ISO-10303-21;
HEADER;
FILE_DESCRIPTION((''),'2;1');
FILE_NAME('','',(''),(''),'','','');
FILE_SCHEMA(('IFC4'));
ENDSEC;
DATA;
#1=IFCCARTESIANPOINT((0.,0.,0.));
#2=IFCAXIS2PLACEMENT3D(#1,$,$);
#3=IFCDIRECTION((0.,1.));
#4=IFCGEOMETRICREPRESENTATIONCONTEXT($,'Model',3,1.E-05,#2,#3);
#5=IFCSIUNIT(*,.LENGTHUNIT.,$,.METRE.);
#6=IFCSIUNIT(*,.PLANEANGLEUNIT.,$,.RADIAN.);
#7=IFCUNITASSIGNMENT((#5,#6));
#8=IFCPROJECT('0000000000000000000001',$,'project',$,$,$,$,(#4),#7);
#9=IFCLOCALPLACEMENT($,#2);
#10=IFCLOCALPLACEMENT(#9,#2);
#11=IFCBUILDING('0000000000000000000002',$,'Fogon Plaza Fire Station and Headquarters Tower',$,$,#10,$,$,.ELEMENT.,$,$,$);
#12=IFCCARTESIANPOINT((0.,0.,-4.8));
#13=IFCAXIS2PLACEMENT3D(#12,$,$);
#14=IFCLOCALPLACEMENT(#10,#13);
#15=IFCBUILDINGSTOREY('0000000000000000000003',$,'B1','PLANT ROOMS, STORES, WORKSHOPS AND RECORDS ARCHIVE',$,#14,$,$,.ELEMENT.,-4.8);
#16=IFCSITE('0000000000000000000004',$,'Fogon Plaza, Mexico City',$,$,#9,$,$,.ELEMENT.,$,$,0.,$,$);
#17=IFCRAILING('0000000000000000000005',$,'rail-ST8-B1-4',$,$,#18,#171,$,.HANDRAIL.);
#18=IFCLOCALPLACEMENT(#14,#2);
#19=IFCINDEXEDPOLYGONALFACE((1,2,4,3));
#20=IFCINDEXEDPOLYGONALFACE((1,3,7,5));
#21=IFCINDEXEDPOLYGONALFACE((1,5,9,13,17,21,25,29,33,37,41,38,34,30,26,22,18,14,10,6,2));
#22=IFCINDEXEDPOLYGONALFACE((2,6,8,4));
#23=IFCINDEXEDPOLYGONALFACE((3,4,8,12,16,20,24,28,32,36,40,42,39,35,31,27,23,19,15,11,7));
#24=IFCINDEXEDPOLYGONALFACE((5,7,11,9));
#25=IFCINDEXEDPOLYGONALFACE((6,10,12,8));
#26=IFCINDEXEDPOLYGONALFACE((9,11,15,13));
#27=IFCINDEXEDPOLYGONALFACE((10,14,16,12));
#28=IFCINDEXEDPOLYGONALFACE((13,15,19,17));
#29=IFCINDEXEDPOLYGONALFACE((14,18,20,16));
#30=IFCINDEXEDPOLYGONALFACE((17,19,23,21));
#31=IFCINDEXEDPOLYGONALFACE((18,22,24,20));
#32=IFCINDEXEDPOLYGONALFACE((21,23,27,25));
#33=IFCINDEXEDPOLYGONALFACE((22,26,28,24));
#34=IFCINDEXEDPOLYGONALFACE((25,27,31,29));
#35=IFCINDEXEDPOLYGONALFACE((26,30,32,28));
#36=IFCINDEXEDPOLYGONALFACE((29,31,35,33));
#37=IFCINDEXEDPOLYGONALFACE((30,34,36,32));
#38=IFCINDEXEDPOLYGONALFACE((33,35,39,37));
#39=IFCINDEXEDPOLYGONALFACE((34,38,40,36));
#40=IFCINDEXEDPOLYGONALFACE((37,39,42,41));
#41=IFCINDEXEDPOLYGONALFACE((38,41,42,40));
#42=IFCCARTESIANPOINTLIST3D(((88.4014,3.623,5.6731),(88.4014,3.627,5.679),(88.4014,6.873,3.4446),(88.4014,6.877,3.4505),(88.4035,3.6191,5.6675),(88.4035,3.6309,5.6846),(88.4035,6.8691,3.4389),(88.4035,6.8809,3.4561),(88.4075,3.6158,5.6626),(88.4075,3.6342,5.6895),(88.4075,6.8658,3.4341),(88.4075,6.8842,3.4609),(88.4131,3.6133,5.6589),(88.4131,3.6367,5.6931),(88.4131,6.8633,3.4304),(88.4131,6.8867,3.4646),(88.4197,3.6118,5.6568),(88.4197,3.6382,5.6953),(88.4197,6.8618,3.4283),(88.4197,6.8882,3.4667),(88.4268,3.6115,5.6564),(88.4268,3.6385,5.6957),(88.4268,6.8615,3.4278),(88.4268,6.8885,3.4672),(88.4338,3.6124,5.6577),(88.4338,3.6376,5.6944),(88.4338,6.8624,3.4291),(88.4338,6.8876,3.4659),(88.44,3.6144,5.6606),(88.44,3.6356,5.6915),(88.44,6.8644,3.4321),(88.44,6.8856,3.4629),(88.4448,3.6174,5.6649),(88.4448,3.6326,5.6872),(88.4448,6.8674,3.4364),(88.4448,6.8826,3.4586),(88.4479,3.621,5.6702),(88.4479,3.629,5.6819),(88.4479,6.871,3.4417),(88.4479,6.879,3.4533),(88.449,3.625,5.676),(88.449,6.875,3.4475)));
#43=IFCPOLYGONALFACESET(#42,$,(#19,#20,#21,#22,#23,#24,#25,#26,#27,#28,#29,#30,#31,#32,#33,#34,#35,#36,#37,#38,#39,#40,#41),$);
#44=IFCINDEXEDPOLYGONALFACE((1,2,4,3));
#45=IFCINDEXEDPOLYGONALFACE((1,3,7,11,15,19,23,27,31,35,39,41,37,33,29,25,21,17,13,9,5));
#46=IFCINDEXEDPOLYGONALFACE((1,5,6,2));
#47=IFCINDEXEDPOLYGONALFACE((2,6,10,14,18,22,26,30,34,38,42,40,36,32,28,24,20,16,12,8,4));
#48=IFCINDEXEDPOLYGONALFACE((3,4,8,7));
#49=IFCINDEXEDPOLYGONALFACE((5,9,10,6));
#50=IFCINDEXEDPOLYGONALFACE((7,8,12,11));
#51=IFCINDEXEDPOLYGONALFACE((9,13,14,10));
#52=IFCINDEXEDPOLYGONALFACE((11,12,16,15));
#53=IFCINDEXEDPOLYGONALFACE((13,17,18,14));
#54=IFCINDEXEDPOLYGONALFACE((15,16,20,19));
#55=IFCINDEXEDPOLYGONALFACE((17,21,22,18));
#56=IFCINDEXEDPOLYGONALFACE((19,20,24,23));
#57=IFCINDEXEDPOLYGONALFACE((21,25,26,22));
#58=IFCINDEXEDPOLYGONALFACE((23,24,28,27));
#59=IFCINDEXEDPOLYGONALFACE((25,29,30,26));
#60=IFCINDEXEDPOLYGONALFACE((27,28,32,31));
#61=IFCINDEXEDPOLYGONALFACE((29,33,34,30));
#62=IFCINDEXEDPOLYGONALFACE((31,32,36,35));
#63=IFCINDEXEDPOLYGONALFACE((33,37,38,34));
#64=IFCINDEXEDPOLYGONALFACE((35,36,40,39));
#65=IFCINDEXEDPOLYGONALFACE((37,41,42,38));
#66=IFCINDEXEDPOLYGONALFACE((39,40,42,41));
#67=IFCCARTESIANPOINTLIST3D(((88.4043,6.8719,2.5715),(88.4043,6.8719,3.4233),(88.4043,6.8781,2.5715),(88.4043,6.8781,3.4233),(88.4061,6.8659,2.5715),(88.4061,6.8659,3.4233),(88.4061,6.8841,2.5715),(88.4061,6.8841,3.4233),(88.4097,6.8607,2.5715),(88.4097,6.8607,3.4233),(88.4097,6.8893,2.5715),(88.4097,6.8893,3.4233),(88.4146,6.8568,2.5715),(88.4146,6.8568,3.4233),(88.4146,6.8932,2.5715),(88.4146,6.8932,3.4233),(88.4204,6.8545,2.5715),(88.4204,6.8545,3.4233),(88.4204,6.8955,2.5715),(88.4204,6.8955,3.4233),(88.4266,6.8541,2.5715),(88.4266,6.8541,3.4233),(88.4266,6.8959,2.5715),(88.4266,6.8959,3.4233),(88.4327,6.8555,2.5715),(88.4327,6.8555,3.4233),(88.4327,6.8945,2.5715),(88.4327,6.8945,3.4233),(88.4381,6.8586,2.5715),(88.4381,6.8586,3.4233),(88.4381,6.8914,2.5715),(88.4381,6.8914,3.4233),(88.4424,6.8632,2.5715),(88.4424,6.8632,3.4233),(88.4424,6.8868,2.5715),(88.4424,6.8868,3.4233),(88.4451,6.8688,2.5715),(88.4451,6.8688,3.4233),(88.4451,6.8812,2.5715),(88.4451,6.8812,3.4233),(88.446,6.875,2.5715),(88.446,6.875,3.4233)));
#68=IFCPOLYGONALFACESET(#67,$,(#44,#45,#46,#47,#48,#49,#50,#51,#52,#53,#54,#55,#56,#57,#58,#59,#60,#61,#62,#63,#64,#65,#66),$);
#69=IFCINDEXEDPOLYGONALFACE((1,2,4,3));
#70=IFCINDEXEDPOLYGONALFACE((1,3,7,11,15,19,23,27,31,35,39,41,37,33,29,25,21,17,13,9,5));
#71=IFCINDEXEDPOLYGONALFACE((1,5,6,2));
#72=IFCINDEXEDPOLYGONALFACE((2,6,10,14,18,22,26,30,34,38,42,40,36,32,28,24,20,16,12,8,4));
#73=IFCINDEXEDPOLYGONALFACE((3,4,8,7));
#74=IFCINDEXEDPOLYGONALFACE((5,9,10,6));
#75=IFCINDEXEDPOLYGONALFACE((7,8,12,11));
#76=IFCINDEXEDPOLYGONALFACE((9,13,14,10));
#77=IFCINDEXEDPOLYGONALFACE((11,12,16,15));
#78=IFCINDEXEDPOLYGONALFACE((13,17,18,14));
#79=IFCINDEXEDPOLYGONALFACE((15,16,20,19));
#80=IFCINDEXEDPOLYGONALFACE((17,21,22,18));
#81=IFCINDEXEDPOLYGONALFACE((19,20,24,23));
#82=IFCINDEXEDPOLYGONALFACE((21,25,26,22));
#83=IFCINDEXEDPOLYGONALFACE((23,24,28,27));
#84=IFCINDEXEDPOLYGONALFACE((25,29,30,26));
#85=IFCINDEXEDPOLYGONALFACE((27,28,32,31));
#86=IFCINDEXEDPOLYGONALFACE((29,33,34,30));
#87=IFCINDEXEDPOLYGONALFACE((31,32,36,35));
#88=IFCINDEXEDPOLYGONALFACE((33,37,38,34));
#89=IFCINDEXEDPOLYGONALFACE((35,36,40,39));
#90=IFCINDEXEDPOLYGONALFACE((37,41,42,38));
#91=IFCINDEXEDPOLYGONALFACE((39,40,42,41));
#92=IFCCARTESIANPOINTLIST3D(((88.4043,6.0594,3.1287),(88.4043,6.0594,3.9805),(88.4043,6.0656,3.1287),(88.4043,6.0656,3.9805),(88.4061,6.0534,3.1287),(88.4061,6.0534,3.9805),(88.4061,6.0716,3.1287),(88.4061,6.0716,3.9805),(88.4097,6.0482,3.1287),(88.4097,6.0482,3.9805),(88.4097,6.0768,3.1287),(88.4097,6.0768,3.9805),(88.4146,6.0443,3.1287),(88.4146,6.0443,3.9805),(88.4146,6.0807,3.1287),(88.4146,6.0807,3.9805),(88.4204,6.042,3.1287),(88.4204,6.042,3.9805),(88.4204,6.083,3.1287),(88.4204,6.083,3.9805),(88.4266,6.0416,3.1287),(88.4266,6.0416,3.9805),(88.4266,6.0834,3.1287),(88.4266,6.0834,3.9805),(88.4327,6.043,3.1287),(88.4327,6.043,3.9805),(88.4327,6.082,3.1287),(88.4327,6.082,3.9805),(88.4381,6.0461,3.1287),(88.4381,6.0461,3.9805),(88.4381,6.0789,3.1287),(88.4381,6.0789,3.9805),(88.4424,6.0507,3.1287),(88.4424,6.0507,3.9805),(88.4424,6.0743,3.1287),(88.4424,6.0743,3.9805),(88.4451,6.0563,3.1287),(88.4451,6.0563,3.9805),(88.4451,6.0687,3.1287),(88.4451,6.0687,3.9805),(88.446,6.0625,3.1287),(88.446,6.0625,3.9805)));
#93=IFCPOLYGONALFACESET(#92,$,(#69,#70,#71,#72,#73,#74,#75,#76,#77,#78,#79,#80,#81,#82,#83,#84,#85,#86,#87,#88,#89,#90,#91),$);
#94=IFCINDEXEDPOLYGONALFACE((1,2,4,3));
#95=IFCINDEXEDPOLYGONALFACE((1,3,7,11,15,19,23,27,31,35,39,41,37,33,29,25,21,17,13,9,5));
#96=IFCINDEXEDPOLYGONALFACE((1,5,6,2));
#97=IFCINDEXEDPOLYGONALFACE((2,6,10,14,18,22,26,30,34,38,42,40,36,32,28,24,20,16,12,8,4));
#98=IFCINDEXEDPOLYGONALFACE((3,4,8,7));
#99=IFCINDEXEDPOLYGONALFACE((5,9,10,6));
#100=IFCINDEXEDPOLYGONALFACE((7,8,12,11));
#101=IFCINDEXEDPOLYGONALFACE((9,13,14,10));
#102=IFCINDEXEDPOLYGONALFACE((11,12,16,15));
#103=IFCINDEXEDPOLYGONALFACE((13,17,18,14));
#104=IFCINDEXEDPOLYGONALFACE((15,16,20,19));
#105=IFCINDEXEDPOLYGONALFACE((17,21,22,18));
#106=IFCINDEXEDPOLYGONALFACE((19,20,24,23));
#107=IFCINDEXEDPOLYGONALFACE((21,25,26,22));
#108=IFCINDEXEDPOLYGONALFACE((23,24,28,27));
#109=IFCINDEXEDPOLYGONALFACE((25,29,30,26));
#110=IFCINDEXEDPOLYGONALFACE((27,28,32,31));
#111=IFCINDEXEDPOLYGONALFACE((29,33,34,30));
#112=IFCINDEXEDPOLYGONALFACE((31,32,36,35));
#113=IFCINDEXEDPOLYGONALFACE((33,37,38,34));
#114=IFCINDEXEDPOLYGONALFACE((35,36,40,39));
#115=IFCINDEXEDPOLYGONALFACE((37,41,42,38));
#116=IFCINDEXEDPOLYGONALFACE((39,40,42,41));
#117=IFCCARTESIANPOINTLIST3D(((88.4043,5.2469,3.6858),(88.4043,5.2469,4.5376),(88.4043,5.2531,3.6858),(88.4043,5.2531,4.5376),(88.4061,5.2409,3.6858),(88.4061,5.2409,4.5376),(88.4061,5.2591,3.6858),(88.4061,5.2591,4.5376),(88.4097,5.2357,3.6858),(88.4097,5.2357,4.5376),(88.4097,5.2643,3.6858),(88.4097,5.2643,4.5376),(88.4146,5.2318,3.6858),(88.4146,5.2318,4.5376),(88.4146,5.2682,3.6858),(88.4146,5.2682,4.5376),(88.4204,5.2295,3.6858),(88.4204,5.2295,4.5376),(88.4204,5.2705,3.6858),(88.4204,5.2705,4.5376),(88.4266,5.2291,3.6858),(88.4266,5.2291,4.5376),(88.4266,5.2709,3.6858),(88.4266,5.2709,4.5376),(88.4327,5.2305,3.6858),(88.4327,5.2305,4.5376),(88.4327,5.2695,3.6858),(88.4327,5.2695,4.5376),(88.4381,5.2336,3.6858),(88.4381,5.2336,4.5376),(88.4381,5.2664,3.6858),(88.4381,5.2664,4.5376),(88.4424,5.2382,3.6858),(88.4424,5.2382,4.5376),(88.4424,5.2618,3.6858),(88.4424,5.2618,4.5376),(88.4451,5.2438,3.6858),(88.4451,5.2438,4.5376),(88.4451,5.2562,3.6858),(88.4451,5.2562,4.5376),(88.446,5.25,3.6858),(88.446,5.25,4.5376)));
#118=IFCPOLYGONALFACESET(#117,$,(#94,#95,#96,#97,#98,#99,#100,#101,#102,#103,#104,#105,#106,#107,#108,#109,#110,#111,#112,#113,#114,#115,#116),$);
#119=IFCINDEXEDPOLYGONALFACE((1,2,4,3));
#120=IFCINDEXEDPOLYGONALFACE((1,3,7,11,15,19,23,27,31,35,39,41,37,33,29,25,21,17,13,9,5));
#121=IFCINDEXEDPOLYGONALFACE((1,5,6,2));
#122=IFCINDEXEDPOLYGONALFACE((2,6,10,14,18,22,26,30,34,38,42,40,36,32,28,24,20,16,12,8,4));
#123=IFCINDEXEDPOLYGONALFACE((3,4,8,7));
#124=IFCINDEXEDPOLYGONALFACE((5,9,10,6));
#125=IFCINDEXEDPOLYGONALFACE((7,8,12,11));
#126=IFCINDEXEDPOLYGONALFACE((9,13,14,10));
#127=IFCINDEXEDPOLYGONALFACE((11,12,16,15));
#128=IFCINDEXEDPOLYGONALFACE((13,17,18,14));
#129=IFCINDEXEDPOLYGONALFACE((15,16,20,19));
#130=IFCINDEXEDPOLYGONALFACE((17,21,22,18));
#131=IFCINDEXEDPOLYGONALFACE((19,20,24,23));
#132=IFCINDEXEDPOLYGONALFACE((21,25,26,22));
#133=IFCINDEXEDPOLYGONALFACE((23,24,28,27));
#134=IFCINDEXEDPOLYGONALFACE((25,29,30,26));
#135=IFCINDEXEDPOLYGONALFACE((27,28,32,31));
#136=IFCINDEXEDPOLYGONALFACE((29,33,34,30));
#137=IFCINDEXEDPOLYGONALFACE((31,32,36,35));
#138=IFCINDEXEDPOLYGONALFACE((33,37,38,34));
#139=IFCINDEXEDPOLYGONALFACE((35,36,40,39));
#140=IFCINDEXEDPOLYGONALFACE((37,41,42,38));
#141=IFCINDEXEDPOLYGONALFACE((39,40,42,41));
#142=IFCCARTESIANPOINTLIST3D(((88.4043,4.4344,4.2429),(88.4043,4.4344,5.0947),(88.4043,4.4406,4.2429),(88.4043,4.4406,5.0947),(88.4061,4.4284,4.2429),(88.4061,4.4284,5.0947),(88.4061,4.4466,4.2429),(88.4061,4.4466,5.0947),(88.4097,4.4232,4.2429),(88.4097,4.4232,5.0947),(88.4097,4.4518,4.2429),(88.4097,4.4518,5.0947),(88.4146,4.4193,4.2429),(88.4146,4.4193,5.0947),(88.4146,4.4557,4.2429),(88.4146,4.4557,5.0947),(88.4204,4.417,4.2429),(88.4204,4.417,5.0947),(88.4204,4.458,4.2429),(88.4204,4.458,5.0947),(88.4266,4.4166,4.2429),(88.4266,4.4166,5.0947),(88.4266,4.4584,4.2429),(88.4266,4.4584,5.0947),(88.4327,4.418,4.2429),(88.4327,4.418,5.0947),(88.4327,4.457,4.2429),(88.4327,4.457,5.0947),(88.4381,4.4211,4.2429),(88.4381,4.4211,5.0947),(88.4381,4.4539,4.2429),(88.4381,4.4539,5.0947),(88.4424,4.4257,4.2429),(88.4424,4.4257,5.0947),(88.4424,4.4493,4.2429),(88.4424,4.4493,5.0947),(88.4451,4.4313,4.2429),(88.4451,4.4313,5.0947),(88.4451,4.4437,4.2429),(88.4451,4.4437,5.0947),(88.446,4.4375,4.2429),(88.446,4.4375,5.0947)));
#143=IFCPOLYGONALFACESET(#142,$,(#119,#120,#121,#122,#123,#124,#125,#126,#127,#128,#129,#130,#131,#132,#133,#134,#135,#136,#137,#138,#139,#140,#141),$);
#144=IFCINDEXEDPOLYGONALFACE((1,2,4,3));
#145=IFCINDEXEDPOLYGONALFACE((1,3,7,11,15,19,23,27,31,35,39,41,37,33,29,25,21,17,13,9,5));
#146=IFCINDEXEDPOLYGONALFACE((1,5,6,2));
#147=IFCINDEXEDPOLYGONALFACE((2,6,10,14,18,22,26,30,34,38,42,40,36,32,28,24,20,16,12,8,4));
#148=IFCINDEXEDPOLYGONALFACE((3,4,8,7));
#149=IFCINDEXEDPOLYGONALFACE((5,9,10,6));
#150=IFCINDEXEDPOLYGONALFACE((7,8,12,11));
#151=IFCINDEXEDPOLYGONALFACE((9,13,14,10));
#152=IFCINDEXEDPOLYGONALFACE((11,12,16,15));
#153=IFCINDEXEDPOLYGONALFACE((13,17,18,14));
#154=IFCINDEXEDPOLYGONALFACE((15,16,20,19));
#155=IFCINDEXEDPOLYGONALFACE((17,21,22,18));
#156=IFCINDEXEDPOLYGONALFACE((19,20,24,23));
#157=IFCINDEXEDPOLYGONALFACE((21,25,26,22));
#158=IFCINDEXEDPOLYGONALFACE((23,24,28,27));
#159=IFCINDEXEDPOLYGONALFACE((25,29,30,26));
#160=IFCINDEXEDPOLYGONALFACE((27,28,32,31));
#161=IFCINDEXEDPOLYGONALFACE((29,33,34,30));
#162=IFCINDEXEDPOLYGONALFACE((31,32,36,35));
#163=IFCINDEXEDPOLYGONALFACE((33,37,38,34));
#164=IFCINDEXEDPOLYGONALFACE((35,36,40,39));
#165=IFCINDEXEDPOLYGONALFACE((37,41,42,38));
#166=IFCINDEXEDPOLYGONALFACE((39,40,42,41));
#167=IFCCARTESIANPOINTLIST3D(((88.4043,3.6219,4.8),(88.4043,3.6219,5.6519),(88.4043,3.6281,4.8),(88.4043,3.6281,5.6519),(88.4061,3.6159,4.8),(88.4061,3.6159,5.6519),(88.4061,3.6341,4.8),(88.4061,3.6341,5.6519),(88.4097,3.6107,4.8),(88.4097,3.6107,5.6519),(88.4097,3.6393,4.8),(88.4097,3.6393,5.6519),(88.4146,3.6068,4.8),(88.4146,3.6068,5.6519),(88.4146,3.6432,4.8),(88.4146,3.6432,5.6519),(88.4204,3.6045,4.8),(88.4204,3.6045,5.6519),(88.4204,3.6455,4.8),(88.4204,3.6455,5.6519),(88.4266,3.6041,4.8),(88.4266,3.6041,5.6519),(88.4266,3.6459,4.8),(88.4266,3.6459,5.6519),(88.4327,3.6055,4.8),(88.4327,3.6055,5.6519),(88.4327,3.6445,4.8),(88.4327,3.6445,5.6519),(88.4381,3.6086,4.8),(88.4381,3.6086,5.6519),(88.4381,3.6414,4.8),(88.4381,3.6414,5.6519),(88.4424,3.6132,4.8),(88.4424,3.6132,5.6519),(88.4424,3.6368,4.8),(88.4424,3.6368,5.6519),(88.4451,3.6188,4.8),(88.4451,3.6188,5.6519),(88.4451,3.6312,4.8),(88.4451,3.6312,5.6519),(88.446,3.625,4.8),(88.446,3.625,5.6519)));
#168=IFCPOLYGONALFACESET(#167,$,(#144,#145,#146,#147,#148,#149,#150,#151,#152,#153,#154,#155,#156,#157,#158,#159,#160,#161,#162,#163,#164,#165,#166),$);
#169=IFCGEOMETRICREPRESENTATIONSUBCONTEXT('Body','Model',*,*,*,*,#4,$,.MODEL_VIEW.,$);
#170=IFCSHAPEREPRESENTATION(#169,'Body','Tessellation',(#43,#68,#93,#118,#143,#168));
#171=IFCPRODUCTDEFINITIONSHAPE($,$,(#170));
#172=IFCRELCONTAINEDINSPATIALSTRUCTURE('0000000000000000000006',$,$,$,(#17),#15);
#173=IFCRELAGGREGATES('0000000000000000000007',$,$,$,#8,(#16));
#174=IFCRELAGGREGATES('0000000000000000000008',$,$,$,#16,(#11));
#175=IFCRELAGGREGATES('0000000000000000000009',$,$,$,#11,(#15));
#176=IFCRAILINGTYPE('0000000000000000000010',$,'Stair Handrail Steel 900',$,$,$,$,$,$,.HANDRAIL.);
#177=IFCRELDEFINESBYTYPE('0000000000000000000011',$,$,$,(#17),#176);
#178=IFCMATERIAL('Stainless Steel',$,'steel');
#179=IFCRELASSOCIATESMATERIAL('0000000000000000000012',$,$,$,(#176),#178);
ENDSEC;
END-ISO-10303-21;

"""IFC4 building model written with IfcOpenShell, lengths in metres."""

from ifc_helpers import new_model, si_unit, direction, frame, origin, origin_2d, place, context, subcontext, project, spatial, circle, extrude, material, type_object, element, save


model = new_model("IFC4")

# Units and contexts
model_context = context("Model", 3, precision=1e-05, world=origin(), true_north=direction((0.0, 1.0)))
body_context = subcontext(model_context, "Body", "Model", "MODEL_VIEW")
ifc_project = project(units=[si_unit("LENGTHUNIT", "METRE"), si_unit("PLANEANGLEUNIT", "RADIAN")], contexts=[model_context])

# Site, building, storey
site_placement = place(None, origin())
site = spatial("IfcSite", under=ifc_project, at=site_placement, Name="Fogon Plaza, Mexico City", CompositionType="ELEMENT", RefElevation=0.0)
building_placement = place(site_placement, origin())
building = spatial("IfcBuilding", under=site, at=building_placement, Name="Fogon Plaza Fire Station and Headquarters Tower", CompositionType="ELEMENT")
storey_placement = place(building_placement, frame((0.0, 0.0, -4.8)))
storey = spatial("IfcBuildingStorey", under=building, at=storey_placement, Name="B1", Description="PLANT ROOMS, STORES, WORKSHOPS AND RECORDS ARCHIVE", CompositionType="ELEMENT", Elevation=-4.8)

# Railing
ifc_material_1 = material(Name="Stainless Steel", Category="steel")
railing_type = type_object("IfcRailingType", Name="Stair Handrail Steel 900", PredefinedType="HANDRAIL", material=ifc_material_1)
for number, where, name in (
    (1, (88.425, 6.875, 2.5715), "rail-ST8-B1-4"),
):
    element("IfcRailing", number, at=place(storey_placement, frame(where)), inside=storey, type_object=railing_type, Name=name, PredefinedType="HANDRAIL", context=body_context, shape_type="SweptSolid", body=[
        extrude(circle(Radius=0.0239, at=origin_2d()), frame((0.0, 0.0, 0.876), z_axis=(0.0, -0.824735, 0.565519), x_axis=(1.0, 0.0, 0.0)), (0.0, 0.0, 1.0), 3.9407),
        extrude(circle(Radius=0.021, at=origin_2d()), origin(), (0.0, 0.0, 1.0), 0.8518),
        extrude(circle(Radius=0.021, at=origin_2d()), frame((0.0, -0.8125, 0.5571)), (0.0, 0.0, 1.0), 0.8518),
        extrude(circle(Radius=0.021, at=origin_2d()), frame((0.0, -1.625, 1.1143)), (0.0, 0.0, 1.0), 0.8518),
        extrude(circle(Radius=0.021, at=origin_2d()), frame((0.0, -2.4375, 1.6714)), (0.0, 0.0, 1.0), 0.8518),
        extrude(circle(Radius=0.021, at=origin_2d()), frame((0.0, -3.25, 2.2285)), (0.0, 0.0, 1.0), 0.8518),
    ])

save(model, "model.ifc")
